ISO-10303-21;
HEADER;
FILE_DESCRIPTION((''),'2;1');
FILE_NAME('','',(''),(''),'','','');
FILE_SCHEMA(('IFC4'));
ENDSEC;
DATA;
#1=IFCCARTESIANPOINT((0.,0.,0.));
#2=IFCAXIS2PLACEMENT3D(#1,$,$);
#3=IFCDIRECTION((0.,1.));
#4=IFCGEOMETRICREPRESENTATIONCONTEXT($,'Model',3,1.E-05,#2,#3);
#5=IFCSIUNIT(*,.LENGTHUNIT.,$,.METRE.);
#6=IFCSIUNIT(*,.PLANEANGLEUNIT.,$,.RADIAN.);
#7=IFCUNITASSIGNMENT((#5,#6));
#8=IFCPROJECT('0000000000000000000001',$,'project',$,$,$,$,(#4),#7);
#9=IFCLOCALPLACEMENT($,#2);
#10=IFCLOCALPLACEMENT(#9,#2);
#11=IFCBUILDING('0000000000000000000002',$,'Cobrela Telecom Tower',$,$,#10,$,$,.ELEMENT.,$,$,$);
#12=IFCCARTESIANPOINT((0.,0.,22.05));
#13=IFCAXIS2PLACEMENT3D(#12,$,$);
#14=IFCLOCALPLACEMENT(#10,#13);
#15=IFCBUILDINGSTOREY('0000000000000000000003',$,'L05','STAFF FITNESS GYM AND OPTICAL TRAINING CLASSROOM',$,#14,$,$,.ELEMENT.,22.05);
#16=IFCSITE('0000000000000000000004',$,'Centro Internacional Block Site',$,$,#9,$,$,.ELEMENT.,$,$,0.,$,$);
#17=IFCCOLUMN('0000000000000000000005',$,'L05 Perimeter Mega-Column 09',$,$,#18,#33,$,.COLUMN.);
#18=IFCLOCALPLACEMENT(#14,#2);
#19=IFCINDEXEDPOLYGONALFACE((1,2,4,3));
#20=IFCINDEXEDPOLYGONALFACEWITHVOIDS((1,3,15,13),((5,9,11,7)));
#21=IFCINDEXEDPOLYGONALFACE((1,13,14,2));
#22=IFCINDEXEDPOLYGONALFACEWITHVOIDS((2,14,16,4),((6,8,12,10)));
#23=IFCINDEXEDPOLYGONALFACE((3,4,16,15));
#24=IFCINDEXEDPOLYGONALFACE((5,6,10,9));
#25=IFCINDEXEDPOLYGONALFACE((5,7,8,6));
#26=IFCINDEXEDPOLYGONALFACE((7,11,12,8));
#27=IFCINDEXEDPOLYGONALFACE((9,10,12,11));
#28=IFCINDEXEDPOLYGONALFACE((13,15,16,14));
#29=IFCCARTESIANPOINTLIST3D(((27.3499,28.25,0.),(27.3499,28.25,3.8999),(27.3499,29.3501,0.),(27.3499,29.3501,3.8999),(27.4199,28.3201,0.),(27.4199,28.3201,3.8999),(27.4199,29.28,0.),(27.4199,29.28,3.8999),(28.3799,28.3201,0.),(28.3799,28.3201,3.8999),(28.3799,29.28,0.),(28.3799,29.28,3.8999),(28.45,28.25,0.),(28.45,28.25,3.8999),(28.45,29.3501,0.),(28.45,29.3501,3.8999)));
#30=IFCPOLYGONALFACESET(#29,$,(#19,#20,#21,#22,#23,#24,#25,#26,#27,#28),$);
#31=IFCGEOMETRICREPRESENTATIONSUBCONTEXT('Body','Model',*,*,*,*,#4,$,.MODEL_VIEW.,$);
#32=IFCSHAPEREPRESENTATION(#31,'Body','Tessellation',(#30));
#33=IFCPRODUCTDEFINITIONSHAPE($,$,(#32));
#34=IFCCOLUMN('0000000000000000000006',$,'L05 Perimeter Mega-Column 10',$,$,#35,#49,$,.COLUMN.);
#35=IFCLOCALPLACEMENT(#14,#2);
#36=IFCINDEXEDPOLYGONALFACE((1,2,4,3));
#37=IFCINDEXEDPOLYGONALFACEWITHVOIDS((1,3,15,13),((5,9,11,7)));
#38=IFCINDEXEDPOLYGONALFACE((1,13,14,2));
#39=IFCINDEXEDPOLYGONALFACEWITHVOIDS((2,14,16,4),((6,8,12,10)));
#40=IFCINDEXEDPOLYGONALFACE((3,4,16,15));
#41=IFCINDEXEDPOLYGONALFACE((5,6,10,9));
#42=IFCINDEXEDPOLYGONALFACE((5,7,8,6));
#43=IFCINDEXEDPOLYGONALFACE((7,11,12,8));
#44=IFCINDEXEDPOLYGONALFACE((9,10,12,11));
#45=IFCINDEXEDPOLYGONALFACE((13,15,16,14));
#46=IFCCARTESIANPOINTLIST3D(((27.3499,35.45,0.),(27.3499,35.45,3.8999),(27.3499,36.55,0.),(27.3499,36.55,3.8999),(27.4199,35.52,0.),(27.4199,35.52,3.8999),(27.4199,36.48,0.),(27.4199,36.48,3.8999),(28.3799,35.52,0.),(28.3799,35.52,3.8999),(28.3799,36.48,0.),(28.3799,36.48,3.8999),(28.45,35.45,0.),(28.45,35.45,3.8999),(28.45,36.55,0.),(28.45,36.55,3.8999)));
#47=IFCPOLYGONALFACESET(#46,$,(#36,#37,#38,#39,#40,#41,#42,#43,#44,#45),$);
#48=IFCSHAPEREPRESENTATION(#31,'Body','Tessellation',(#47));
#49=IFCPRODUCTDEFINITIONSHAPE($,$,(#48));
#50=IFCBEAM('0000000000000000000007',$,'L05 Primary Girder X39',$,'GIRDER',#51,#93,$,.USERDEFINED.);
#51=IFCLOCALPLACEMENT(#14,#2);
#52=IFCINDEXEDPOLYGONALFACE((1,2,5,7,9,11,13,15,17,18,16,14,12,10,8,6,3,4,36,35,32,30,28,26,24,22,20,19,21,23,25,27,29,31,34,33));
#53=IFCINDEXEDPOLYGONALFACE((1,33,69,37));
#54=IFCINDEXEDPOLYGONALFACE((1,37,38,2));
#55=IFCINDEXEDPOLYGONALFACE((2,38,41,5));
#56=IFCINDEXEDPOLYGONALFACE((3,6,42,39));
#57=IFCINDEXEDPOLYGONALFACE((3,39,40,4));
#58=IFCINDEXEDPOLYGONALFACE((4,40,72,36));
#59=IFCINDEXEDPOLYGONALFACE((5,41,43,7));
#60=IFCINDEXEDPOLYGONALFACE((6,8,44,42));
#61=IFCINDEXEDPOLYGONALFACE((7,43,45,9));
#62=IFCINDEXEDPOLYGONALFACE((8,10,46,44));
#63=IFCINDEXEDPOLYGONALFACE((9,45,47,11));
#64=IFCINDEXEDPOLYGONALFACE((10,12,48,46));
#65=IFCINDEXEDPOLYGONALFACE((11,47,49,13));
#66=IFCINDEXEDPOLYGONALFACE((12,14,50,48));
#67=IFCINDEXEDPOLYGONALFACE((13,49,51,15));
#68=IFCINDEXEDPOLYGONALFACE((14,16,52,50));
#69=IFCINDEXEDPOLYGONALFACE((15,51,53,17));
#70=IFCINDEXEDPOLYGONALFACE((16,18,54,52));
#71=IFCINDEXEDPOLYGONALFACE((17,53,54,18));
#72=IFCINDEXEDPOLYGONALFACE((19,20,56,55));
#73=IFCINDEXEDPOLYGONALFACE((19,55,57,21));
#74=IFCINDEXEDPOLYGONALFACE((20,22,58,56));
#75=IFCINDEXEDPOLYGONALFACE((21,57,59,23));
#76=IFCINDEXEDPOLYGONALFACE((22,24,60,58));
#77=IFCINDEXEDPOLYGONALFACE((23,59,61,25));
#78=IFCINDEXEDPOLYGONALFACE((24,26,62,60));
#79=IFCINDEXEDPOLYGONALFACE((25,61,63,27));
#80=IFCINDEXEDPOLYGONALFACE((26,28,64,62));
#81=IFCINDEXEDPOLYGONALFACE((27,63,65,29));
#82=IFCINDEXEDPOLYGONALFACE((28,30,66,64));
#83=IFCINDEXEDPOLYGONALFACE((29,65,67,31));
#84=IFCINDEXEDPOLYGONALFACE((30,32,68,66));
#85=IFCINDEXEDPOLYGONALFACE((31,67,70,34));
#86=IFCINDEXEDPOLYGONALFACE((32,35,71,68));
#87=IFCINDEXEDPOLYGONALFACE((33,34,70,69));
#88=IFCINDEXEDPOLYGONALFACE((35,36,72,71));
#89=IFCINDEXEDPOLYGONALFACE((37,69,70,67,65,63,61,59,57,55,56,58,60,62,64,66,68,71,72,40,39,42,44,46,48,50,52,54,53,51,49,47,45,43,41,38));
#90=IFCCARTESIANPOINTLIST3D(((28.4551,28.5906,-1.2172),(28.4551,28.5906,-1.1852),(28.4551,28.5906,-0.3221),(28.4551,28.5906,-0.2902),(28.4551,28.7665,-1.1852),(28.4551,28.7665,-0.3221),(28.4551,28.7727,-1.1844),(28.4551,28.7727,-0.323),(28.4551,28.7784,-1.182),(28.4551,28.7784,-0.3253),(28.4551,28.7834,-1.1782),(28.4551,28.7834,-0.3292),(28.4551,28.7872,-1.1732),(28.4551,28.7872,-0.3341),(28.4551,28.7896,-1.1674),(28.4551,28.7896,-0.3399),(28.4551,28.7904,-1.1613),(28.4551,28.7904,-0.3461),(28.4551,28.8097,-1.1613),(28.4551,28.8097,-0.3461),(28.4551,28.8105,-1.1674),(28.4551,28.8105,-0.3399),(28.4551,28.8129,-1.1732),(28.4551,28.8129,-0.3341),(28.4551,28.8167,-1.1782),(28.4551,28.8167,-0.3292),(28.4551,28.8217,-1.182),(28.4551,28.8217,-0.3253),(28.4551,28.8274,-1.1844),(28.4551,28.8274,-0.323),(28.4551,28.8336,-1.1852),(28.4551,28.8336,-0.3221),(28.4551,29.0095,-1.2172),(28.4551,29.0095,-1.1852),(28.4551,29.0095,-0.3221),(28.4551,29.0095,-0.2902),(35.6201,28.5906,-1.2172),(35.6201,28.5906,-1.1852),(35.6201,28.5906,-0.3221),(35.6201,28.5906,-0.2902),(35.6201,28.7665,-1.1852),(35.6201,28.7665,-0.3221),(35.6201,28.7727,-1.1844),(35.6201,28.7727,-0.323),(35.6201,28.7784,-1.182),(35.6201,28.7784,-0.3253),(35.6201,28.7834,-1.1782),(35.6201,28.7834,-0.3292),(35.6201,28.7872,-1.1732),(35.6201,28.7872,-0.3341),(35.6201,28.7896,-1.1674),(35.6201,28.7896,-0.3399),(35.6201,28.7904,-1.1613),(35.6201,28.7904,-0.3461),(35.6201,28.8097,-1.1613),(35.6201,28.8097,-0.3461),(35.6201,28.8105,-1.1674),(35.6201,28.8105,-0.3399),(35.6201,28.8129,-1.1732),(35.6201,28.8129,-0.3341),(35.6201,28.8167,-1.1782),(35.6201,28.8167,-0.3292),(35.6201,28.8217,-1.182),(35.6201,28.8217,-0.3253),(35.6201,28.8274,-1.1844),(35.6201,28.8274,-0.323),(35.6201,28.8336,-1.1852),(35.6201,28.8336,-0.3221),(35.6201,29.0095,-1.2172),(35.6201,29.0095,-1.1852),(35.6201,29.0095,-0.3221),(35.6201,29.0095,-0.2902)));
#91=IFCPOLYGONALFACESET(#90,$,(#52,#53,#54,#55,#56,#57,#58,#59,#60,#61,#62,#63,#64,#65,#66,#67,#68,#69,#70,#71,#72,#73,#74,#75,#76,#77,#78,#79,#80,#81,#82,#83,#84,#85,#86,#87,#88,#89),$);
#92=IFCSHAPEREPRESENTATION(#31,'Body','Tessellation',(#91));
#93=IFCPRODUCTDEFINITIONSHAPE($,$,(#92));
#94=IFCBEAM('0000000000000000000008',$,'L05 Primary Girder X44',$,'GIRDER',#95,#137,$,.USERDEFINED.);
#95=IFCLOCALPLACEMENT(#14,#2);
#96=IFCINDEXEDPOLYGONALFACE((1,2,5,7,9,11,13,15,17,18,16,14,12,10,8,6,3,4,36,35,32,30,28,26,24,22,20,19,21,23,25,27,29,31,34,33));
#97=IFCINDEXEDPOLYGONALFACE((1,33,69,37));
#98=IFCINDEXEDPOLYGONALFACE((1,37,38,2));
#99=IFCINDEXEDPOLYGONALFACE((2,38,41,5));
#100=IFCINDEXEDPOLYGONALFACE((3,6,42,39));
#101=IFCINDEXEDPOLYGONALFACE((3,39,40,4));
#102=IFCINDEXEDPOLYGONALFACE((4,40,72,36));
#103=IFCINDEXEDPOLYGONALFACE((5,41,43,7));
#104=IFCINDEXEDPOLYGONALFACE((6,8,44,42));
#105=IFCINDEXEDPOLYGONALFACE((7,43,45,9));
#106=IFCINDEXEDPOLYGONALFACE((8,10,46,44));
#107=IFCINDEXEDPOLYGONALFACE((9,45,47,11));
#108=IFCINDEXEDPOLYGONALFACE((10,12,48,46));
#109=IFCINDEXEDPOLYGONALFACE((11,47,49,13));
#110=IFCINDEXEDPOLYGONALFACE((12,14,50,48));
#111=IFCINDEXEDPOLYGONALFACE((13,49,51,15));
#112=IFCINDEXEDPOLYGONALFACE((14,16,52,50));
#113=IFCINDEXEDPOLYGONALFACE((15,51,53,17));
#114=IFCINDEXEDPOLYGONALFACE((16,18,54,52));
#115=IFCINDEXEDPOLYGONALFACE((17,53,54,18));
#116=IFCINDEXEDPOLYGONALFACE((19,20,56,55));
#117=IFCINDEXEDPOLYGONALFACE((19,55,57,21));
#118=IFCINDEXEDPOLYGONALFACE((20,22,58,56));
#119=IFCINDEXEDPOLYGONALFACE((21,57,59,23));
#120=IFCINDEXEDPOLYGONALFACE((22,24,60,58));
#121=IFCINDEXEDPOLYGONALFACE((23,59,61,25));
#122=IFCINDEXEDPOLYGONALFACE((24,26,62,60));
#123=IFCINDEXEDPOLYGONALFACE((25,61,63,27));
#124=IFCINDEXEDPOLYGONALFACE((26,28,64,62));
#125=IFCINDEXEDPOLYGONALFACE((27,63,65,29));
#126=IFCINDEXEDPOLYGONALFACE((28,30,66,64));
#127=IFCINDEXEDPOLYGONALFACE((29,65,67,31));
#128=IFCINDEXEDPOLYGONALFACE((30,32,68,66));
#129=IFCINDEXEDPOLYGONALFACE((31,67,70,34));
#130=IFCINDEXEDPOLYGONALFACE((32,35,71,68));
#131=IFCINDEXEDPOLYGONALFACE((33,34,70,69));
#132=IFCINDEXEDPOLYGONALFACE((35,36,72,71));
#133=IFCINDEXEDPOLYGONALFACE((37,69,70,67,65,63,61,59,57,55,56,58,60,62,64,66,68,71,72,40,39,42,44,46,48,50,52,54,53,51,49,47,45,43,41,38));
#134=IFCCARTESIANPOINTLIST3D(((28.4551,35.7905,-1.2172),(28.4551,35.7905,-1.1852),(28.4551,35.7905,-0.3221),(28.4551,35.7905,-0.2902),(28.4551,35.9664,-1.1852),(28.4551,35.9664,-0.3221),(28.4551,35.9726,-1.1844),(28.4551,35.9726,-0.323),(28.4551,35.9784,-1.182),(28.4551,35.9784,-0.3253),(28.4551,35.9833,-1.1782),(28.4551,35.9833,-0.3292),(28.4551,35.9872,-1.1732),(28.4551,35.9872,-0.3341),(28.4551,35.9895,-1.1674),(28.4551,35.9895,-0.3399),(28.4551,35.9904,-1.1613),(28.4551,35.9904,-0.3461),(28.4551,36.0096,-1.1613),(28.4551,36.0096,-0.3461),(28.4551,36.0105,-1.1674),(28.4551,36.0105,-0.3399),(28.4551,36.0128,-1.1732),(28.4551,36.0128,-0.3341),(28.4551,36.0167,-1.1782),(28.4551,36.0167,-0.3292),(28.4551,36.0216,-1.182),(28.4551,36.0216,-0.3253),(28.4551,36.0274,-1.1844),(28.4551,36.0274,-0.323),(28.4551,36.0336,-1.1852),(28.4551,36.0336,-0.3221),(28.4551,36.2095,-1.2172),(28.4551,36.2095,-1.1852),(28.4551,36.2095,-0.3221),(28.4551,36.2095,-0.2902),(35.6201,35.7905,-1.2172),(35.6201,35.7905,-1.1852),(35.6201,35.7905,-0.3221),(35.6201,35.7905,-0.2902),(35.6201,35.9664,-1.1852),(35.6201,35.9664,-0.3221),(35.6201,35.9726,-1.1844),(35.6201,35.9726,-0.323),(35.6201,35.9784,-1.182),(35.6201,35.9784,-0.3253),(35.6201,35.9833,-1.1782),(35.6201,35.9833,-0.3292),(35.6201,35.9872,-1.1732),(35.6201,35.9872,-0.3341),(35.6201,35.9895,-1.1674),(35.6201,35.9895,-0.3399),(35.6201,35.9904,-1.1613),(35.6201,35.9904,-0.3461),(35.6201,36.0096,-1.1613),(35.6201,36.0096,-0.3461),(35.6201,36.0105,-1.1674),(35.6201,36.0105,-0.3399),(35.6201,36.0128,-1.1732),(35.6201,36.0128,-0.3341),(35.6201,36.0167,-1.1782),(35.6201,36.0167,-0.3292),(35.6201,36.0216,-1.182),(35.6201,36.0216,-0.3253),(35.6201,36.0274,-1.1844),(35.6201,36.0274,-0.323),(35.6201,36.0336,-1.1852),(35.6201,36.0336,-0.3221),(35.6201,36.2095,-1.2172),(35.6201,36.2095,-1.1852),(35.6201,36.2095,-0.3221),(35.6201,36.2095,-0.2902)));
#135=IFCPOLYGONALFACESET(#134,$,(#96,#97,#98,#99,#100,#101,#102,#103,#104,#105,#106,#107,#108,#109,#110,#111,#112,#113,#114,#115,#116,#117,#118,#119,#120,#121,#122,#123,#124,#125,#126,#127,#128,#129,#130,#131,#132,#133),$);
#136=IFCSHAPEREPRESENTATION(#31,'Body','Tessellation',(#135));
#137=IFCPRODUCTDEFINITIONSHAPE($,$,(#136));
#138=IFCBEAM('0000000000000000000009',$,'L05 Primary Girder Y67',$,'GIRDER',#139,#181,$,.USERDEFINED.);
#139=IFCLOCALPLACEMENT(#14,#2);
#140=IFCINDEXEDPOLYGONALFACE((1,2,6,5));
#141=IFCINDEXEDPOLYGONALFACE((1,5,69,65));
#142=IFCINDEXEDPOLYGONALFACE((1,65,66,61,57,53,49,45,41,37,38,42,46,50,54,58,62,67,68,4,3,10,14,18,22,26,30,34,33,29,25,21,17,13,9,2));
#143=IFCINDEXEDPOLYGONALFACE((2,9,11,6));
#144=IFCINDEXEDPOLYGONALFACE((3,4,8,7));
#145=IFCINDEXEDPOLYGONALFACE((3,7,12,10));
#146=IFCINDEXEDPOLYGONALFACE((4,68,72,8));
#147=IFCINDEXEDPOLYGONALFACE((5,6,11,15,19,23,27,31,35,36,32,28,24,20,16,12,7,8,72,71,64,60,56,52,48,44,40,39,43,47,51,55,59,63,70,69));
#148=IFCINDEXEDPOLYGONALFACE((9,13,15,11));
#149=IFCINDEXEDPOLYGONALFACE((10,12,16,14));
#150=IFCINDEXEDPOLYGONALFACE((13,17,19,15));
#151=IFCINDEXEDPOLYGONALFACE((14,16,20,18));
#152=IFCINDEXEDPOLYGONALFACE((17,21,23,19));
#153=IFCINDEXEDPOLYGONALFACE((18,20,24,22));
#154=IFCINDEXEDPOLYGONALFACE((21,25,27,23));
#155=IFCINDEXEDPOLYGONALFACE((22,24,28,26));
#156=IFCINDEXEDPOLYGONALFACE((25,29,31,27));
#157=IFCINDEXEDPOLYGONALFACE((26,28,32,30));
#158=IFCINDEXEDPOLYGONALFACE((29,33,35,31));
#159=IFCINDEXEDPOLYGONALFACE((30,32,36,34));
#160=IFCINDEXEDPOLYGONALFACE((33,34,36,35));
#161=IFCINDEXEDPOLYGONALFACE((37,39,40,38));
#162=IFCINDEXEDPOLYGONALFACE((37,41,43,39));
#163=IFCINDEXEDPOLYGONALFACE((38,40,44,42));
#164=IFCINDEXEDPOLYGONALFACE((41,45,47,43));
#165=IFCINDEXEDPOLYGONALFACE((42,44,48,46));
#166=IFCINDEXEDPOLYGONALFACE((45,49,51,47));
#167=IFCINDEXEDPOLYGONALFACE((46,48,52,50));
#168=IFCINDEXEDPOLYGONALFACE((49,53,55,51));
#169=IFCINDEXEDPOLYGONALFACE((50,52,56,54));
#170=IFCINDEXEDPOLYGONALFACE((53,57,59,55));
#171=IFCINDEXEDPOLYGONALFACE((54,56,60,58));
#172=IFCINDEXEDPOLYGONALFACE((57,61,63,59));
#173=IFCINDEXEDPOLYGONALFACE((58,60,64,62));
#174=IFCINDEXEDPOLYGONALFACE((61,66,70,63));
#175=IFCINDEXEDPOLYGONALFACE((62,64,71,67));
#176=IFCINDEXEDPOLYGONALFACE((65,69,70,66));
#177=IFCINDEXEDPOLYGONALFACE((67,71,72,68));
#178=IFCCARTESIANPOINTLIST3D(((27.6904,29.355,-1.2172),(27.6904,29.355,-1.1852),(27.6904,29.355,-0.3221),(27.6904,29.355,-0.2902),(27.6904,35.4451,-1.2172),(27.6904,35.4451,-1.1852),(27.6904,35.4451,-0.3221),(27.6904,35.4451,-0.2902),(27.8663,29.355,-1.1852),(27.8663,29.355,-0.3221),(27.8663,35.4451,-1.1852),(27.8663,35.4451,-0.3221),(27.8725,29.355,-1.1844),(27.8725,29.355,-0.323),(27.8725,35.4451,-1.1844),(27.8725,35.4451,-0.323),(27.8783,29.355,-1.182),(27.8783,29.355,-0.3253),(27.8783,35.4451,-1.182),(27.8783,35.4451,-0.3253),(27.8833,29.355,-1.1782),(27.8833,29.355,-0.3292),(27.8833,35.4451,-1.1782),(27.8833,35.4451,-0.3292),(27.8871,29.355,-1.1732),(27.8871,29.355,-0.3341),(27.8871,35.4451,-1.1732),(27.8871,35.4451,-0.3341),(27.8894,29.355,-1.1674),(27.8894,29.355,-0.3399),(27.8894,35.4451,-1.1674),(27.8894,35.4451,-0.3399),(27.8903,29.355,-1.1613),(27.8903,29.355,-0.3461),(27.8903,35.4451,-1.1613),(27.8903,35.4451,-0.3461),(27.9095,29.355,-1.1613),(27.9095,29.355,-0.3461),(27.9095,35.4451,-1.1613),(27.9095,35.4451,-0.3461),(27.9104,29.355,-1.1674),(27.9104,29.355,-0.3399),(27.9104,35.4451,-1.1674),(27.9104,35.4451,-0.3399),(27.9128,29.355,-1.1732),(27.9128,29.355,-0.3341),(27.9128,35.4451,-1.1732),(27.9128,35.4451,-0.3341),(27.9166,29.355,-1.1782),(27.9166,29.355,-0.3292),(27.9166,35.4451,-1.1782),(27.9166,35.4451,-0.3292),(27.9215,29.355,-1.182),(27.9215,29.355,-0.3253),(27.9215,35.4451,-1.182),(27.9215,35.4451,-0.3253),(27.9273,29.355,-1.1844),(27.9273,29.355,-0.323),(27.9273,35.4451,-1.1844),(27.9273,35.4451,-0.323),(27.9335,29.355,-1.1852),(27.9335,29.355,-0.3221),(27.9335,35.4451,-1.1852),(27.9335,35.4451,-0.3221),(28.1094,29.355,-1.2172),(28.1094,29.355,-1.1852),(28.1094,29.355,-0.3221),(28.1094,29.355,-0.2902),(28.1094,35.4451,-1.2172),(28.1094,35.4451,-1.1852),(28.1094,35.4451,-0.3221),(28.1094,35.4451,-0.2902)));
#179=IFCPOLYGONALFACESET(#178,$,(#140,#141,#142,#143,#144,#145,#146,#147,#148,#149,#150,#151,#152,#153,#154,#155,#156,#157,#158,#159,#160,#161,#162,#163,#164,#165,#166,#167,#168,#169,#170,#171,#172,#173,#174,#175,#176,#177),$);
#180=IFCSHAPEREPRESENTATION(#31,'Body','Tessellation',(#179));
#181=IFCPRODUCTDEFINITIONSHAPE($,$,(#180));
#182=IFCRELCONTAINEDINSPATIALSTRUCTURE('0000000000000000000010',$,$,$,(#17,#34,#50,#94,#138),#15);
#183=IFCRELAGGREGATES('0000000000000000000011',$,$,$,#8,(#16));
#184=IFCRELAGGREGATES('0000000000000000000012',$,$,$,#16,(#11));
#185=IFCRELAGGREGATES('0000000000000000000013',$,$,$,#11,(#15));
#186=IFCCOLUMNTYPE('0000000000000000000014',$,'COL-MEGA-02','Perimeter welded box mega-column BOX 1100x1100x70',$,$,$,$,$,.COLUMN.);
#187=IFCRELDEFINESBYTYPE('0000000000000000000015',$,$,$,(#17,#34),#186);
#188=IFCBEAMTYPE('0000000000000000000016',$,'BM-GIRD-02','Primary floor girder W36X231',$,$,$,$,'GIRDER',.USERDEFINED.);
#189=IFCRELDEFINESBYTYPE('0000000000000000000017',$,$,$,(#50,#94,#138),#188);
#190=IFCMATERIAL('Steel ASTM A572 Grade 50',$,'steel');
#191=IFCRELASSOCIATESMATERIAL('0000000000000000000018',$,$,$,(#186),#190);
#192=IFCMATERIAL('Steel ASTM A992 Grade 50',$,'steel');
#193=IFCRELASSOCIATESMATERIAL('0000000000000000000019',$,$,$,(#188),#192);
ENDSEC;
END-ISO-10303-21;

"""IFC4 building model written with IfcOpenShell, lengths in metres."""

from ifc_helpers import new_model, si_unit, direction, frame, origin, origin_2d, place, context, subcontext, project, spatial, hollow_rectangle, i_section, extrude, material, material_profile, profile_set, type_object, element, save


model = new_model("IFC4")

# Units and contexts
model_context = context("Model", 3, precision=1e-05, world=origin(), true_north=direction((0.0, 1.0)))
body_context = subcontext(model_context, "Body", "Model", "MODEL_VIEW")
ifc_project = project(units=[si_unit("LENGTHUNIT", "METRE"), si_unit("PLANEANGLEUNIT", "RADIAN")], contexts=[model_context])

# Site, building, storey
site_placement = place(None, origin())
site = spatial("IfcSite", under=ifc_project, at=site_placement, Name="Centro Internacional Block Site", CompositionType="ELEMENT", RefElevation=0.0)
building_placement = place(site_placement, origin())
building = spatial("IfcBuilding", under=site, at=building_placement, Name="Cobrela Telecom Tower", CompositionType="ELEMENT")
storey_placement = place(building_placement, frame((0.0, 0.0, 22.05)))
storey = spatial("IfcBuildingStorey", under=building, at=storey_placement, Name="L05", Description="STAFF FITNESS GYM AND OPTICAL TRAINING CLASSROOM", CompositionType="ELEMENT", Elevation=22.05)

# Columns
ifc_material_1 = material(Name="Steel ASTM A572 Grade 50", Category="steel")
ifc_material_profile_1 = material_profile(ifc_material_1, hollow_rectangle(XDim=1.1001, YDim=1.1001, WallThickness=0.0701, at=origin_2d()), Name="BOX 1100x1100x70")
ifc_profile_set_1 = profile_set([ifc_material_profile_1], Name="Steel ASTM A572 Grade 50")
column_type = type_object("IfcColumnType", Name="COL-MEGA-02", Description="Perimeter welded box mega-column BOX 1100x1100x70", PredefinedType="COLUMN", material=ifc_profile_set_1)
for number, where, z_axis, x_axis, name in (
    (1, (27.8999, 28.8, 0.0), (0.0, 0.0, 1.0), (1.0, 0.0, 0.0), "L05 Perimeter Mega-Column 09"),
    (2, (27.8999, 36.0, 0.0), (0.0, 0.0, 1.0), (1.0, 0.0, 0.0), "L05 Perimeter Mega-Column 10"),
):
    element("IfcColumn", number, at=place(storey_placement, frame(where, z_axis=z_axis, x_axis=x_axis)), inside=storey, type_object=column_type, Name=name, PredefinedType="COLUMN", context=body_context, shape_type="SweptSolid", body=[
        extrude(hollow_rectangle(XDim=1.1001, YDim=1.1001, WallThickness=0.0701, at=origin_2d()), origin(), (0.0, 0.0, 1.0), 3.8999),
    ])

# Beams
ifc_material_2 = material(Name="Steel ASTM A992 Grade 50", Category="steel")
ifc_material_profile_2 = material_profile(ifc_material_2, i_section(OverallWidth=0.4189, OverallDepth=0.927, WebThickness=0.0193, FlangeThickness=0.032, FilletRadius=0.0239, at=origin_2d()), Name="W36X231")
ifc_profile_set_2 = profile_set([ifc_material_profile_2], Name="Steel ASTM A992 Grade 50")
beam_type_1 = type_object("IfcBeamType", Name="BM-GIRD-02", Description="Primary floor girder W36X231", ElementType="GIRDER", PredefinedType="USERDEFINED", material=ifc_profile_set_2)
for number, where, z_axis, x_axis, name in (
    (3, (28.4551, 28.8, -0.7537), (1.0, 0.0, 0.0), (0.0, 1.0, 0.0), "L05 Primary Girder X39"),
    (4, (28.4551, 36.0, -0.7537), (1.0, 0.0, 0.0), (0.0, 1.0, 0.0), "L05 Primary Girder X44"),
):
    element("IfcBeam", number, at=place(storey_placement, frame(where, z_axis=z_axis, x_axis=x_axis)), inside=storey, type_object=beam_type_1, Name=name, ObjectType="GIRDER", PredefinedType="USERDEFINED", context=body_context, shape_type="SweptSolid", body=[
        extrude(i_section(OverallWidth=0.4189, OverallDepth=0.927, WebThickness=0.0193, FlangeThickness=0.032, FilletRadius=0.0239, at=origin_2d()), origin(), (0.0, 0.0, 1.0), 7.165),
    ])
beam_1_placement = place(storey_placement, frame((27.8999, 29.355, -0.7537), z_axis=(0.0, 1.0, 0.0), x_axis=(-1.0, 0.0, 0.0)))
element("IfcBeam", 5, at=beam_1_placement, inside=storey, type_object=beam_type_1, Name="L05 Primary Girder Y67", ObjectType="GIRDER", PredefinedType="USERDEFINED", context=body_context, shape_type="SweptSolid", body=[
    extrude(i_section(OverallWidth=0.4189, OverallDepth=0.927, WebThickness=0.0193, FlangeThickness=0.032, FilletRadius=0.0239, at=origin_2d()), origin(), (0.0, 0.0, 1.0), 6.0901),
])

save(model, "model.ifc")
